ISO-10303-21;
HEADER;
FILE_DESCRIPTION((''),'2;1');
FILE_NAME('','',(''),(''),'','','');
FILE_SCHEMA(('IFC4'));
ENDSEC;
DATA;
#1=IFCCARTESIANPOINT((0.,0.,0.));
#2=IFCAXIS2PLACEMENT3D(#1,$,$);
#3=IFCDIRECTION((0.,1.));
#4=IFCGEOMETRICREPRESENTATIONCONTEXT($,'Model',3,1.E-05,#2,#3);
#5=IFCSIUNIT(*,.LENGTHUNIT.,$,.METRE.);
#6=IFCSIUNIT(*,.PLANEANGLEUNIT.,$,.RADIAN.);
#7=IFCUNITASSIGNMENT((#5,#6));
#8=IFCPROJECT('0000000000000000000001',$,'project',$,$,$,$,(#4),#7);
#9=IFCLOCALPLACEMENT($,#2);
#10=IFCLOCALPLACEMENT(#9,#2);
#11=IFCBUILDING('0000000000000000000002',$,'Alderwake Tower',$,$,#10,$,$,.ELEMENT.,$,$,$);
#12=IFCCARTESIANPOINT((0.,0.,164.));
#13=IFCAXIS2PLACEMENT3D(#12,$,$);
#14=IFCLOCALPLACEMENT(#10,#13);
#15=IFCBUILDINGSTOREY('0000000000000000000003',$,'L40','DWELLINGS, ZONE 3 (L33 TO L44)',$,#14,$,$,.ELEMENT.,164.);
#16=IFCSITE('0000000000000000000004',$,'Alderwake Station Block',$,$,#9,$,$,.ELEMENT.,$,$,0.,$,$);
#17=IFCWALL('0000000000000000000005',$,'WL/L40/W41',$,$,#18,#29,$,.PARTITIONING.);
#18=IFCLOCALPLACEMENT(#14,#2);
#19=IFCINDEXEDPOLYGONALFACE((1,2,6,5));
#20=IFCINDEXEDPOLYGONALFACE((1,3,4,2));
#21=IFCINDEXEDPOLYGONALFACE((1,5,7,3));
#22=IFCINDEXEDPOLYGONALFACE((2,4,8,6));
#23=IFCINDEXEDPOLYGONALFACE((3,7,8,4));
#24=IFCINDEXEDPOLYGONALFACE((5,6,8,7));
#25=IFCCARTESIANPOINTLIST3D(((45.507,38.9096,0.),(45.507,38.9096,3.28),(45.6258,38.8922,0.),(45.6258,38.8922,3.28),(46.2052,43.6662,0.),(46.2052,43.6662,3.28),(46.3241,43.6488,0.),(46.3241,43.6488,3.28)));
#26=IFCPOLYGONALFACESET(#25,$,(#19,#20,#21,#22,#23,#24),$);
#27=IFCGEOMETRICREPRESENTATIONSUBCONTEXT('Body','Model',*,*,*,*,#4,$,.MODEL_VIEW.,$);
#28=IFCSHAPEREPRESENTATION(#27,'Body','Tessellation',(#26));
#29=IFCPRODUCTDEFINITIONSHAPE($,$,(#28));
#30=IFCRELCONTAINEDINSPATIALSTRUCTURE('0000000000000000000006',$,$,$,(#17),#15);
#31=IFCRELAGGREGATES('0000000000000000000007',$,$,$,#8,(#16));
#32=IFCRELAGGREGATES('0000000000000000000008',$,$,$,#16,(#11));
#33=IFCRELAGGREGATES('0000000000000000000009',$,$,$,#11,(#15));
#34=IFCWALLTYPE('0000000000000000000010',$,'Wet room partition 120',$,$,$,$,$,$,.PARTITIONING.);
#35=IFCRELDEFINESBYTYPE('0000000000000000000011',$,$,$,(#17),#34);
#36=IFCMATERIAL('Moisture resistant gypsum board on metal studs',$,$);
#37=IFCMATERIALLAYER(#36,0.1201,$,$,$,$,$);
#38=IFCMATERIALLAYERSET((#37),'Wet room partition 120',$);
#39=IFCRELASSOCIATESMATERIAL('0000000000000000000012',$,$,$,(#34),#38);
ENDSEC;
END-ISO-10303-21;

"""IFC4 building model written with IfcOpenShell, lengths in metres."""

from ifc_helpers import new_model, si_unit, direction, frame, frame_2d, origin, place, context, subcontext, project, spatial, rectangle, extrude, material, layer, layer_set, type_object, element, save


model = new_model("IFC4")

# Units and contexts
model_context = context("Model", 3, precision=1e-05, world=origin(), true_north=direction((0.0, 1.0)))
body_context = subcontext(model_context, "Body", "Model", "MODEL_VIEW")
ifc_project = project(units=[si_unit("LENGTHUNIT", "METRE"), si_unit("PLANEANGLEUNIT", "RADIAN")], contexts=[model_context])

# Site, building, storey
site_placement = place(None, origin())
site = spatial("IfcSite", under=ifc_project, at=site_placement, Name="Alderwake Station Block", CompositionType="ELEMENT", RefElevation=0.0)
building_placement = place(site_placement, origin())
building = spatial("IfcBuilding", under=site, at=building_placement, Name="Alderwake Tower", CompositionType="ELEMENT")
storey_placement = place(building_placement, frame((0.0, 0.0, 164.0)))
storey = spatial("IfcBuildingStorey", under=building, at=storey_placement, Name="L40", Description="DWELLINGS, ZONE 3 (L33 TO L44)", CompositionType="ELEMENT", Elevation=164.0)

# Shared definitions
ifc_material_1 = material(Name="Moisture resistant gypsum board on metal studs")
ifc_layer_1 = layer(ifc_material_1, 0.1201)
ifc_layer_set_1 = layer_set([ifc_layer_1], Name="Wet room partition 120")
wall_type_1 = type_object("IfcWallType", Name="Wet room partition 120", PredefinedType="PARTITIONING", material=ifc_layer_set_1)

# Wall
wall_1_placement = place(storey_placement, frame((45.5664, 38.9009, 0.0), z_axis=(0.0, 0.0, 1.0), x_axis=(0.145238, 0.989397, 0.0)))
element("IfcWall", 1, at=wall_1_placement, inside=storey, type_object=wall_type_1, Name="WL/L40/W41", PredefinedType="PARTITIONING", context=body_context, shape_type="SweptSolid", body=[
    extrude(rectangle(XDim=4.8076, YDim=0.1201, at=frame_2d((2.4038, 0.0))), origin(), (0.0, 0.0, 1.0), 3.28),
])

save(model, "model.ifc")
